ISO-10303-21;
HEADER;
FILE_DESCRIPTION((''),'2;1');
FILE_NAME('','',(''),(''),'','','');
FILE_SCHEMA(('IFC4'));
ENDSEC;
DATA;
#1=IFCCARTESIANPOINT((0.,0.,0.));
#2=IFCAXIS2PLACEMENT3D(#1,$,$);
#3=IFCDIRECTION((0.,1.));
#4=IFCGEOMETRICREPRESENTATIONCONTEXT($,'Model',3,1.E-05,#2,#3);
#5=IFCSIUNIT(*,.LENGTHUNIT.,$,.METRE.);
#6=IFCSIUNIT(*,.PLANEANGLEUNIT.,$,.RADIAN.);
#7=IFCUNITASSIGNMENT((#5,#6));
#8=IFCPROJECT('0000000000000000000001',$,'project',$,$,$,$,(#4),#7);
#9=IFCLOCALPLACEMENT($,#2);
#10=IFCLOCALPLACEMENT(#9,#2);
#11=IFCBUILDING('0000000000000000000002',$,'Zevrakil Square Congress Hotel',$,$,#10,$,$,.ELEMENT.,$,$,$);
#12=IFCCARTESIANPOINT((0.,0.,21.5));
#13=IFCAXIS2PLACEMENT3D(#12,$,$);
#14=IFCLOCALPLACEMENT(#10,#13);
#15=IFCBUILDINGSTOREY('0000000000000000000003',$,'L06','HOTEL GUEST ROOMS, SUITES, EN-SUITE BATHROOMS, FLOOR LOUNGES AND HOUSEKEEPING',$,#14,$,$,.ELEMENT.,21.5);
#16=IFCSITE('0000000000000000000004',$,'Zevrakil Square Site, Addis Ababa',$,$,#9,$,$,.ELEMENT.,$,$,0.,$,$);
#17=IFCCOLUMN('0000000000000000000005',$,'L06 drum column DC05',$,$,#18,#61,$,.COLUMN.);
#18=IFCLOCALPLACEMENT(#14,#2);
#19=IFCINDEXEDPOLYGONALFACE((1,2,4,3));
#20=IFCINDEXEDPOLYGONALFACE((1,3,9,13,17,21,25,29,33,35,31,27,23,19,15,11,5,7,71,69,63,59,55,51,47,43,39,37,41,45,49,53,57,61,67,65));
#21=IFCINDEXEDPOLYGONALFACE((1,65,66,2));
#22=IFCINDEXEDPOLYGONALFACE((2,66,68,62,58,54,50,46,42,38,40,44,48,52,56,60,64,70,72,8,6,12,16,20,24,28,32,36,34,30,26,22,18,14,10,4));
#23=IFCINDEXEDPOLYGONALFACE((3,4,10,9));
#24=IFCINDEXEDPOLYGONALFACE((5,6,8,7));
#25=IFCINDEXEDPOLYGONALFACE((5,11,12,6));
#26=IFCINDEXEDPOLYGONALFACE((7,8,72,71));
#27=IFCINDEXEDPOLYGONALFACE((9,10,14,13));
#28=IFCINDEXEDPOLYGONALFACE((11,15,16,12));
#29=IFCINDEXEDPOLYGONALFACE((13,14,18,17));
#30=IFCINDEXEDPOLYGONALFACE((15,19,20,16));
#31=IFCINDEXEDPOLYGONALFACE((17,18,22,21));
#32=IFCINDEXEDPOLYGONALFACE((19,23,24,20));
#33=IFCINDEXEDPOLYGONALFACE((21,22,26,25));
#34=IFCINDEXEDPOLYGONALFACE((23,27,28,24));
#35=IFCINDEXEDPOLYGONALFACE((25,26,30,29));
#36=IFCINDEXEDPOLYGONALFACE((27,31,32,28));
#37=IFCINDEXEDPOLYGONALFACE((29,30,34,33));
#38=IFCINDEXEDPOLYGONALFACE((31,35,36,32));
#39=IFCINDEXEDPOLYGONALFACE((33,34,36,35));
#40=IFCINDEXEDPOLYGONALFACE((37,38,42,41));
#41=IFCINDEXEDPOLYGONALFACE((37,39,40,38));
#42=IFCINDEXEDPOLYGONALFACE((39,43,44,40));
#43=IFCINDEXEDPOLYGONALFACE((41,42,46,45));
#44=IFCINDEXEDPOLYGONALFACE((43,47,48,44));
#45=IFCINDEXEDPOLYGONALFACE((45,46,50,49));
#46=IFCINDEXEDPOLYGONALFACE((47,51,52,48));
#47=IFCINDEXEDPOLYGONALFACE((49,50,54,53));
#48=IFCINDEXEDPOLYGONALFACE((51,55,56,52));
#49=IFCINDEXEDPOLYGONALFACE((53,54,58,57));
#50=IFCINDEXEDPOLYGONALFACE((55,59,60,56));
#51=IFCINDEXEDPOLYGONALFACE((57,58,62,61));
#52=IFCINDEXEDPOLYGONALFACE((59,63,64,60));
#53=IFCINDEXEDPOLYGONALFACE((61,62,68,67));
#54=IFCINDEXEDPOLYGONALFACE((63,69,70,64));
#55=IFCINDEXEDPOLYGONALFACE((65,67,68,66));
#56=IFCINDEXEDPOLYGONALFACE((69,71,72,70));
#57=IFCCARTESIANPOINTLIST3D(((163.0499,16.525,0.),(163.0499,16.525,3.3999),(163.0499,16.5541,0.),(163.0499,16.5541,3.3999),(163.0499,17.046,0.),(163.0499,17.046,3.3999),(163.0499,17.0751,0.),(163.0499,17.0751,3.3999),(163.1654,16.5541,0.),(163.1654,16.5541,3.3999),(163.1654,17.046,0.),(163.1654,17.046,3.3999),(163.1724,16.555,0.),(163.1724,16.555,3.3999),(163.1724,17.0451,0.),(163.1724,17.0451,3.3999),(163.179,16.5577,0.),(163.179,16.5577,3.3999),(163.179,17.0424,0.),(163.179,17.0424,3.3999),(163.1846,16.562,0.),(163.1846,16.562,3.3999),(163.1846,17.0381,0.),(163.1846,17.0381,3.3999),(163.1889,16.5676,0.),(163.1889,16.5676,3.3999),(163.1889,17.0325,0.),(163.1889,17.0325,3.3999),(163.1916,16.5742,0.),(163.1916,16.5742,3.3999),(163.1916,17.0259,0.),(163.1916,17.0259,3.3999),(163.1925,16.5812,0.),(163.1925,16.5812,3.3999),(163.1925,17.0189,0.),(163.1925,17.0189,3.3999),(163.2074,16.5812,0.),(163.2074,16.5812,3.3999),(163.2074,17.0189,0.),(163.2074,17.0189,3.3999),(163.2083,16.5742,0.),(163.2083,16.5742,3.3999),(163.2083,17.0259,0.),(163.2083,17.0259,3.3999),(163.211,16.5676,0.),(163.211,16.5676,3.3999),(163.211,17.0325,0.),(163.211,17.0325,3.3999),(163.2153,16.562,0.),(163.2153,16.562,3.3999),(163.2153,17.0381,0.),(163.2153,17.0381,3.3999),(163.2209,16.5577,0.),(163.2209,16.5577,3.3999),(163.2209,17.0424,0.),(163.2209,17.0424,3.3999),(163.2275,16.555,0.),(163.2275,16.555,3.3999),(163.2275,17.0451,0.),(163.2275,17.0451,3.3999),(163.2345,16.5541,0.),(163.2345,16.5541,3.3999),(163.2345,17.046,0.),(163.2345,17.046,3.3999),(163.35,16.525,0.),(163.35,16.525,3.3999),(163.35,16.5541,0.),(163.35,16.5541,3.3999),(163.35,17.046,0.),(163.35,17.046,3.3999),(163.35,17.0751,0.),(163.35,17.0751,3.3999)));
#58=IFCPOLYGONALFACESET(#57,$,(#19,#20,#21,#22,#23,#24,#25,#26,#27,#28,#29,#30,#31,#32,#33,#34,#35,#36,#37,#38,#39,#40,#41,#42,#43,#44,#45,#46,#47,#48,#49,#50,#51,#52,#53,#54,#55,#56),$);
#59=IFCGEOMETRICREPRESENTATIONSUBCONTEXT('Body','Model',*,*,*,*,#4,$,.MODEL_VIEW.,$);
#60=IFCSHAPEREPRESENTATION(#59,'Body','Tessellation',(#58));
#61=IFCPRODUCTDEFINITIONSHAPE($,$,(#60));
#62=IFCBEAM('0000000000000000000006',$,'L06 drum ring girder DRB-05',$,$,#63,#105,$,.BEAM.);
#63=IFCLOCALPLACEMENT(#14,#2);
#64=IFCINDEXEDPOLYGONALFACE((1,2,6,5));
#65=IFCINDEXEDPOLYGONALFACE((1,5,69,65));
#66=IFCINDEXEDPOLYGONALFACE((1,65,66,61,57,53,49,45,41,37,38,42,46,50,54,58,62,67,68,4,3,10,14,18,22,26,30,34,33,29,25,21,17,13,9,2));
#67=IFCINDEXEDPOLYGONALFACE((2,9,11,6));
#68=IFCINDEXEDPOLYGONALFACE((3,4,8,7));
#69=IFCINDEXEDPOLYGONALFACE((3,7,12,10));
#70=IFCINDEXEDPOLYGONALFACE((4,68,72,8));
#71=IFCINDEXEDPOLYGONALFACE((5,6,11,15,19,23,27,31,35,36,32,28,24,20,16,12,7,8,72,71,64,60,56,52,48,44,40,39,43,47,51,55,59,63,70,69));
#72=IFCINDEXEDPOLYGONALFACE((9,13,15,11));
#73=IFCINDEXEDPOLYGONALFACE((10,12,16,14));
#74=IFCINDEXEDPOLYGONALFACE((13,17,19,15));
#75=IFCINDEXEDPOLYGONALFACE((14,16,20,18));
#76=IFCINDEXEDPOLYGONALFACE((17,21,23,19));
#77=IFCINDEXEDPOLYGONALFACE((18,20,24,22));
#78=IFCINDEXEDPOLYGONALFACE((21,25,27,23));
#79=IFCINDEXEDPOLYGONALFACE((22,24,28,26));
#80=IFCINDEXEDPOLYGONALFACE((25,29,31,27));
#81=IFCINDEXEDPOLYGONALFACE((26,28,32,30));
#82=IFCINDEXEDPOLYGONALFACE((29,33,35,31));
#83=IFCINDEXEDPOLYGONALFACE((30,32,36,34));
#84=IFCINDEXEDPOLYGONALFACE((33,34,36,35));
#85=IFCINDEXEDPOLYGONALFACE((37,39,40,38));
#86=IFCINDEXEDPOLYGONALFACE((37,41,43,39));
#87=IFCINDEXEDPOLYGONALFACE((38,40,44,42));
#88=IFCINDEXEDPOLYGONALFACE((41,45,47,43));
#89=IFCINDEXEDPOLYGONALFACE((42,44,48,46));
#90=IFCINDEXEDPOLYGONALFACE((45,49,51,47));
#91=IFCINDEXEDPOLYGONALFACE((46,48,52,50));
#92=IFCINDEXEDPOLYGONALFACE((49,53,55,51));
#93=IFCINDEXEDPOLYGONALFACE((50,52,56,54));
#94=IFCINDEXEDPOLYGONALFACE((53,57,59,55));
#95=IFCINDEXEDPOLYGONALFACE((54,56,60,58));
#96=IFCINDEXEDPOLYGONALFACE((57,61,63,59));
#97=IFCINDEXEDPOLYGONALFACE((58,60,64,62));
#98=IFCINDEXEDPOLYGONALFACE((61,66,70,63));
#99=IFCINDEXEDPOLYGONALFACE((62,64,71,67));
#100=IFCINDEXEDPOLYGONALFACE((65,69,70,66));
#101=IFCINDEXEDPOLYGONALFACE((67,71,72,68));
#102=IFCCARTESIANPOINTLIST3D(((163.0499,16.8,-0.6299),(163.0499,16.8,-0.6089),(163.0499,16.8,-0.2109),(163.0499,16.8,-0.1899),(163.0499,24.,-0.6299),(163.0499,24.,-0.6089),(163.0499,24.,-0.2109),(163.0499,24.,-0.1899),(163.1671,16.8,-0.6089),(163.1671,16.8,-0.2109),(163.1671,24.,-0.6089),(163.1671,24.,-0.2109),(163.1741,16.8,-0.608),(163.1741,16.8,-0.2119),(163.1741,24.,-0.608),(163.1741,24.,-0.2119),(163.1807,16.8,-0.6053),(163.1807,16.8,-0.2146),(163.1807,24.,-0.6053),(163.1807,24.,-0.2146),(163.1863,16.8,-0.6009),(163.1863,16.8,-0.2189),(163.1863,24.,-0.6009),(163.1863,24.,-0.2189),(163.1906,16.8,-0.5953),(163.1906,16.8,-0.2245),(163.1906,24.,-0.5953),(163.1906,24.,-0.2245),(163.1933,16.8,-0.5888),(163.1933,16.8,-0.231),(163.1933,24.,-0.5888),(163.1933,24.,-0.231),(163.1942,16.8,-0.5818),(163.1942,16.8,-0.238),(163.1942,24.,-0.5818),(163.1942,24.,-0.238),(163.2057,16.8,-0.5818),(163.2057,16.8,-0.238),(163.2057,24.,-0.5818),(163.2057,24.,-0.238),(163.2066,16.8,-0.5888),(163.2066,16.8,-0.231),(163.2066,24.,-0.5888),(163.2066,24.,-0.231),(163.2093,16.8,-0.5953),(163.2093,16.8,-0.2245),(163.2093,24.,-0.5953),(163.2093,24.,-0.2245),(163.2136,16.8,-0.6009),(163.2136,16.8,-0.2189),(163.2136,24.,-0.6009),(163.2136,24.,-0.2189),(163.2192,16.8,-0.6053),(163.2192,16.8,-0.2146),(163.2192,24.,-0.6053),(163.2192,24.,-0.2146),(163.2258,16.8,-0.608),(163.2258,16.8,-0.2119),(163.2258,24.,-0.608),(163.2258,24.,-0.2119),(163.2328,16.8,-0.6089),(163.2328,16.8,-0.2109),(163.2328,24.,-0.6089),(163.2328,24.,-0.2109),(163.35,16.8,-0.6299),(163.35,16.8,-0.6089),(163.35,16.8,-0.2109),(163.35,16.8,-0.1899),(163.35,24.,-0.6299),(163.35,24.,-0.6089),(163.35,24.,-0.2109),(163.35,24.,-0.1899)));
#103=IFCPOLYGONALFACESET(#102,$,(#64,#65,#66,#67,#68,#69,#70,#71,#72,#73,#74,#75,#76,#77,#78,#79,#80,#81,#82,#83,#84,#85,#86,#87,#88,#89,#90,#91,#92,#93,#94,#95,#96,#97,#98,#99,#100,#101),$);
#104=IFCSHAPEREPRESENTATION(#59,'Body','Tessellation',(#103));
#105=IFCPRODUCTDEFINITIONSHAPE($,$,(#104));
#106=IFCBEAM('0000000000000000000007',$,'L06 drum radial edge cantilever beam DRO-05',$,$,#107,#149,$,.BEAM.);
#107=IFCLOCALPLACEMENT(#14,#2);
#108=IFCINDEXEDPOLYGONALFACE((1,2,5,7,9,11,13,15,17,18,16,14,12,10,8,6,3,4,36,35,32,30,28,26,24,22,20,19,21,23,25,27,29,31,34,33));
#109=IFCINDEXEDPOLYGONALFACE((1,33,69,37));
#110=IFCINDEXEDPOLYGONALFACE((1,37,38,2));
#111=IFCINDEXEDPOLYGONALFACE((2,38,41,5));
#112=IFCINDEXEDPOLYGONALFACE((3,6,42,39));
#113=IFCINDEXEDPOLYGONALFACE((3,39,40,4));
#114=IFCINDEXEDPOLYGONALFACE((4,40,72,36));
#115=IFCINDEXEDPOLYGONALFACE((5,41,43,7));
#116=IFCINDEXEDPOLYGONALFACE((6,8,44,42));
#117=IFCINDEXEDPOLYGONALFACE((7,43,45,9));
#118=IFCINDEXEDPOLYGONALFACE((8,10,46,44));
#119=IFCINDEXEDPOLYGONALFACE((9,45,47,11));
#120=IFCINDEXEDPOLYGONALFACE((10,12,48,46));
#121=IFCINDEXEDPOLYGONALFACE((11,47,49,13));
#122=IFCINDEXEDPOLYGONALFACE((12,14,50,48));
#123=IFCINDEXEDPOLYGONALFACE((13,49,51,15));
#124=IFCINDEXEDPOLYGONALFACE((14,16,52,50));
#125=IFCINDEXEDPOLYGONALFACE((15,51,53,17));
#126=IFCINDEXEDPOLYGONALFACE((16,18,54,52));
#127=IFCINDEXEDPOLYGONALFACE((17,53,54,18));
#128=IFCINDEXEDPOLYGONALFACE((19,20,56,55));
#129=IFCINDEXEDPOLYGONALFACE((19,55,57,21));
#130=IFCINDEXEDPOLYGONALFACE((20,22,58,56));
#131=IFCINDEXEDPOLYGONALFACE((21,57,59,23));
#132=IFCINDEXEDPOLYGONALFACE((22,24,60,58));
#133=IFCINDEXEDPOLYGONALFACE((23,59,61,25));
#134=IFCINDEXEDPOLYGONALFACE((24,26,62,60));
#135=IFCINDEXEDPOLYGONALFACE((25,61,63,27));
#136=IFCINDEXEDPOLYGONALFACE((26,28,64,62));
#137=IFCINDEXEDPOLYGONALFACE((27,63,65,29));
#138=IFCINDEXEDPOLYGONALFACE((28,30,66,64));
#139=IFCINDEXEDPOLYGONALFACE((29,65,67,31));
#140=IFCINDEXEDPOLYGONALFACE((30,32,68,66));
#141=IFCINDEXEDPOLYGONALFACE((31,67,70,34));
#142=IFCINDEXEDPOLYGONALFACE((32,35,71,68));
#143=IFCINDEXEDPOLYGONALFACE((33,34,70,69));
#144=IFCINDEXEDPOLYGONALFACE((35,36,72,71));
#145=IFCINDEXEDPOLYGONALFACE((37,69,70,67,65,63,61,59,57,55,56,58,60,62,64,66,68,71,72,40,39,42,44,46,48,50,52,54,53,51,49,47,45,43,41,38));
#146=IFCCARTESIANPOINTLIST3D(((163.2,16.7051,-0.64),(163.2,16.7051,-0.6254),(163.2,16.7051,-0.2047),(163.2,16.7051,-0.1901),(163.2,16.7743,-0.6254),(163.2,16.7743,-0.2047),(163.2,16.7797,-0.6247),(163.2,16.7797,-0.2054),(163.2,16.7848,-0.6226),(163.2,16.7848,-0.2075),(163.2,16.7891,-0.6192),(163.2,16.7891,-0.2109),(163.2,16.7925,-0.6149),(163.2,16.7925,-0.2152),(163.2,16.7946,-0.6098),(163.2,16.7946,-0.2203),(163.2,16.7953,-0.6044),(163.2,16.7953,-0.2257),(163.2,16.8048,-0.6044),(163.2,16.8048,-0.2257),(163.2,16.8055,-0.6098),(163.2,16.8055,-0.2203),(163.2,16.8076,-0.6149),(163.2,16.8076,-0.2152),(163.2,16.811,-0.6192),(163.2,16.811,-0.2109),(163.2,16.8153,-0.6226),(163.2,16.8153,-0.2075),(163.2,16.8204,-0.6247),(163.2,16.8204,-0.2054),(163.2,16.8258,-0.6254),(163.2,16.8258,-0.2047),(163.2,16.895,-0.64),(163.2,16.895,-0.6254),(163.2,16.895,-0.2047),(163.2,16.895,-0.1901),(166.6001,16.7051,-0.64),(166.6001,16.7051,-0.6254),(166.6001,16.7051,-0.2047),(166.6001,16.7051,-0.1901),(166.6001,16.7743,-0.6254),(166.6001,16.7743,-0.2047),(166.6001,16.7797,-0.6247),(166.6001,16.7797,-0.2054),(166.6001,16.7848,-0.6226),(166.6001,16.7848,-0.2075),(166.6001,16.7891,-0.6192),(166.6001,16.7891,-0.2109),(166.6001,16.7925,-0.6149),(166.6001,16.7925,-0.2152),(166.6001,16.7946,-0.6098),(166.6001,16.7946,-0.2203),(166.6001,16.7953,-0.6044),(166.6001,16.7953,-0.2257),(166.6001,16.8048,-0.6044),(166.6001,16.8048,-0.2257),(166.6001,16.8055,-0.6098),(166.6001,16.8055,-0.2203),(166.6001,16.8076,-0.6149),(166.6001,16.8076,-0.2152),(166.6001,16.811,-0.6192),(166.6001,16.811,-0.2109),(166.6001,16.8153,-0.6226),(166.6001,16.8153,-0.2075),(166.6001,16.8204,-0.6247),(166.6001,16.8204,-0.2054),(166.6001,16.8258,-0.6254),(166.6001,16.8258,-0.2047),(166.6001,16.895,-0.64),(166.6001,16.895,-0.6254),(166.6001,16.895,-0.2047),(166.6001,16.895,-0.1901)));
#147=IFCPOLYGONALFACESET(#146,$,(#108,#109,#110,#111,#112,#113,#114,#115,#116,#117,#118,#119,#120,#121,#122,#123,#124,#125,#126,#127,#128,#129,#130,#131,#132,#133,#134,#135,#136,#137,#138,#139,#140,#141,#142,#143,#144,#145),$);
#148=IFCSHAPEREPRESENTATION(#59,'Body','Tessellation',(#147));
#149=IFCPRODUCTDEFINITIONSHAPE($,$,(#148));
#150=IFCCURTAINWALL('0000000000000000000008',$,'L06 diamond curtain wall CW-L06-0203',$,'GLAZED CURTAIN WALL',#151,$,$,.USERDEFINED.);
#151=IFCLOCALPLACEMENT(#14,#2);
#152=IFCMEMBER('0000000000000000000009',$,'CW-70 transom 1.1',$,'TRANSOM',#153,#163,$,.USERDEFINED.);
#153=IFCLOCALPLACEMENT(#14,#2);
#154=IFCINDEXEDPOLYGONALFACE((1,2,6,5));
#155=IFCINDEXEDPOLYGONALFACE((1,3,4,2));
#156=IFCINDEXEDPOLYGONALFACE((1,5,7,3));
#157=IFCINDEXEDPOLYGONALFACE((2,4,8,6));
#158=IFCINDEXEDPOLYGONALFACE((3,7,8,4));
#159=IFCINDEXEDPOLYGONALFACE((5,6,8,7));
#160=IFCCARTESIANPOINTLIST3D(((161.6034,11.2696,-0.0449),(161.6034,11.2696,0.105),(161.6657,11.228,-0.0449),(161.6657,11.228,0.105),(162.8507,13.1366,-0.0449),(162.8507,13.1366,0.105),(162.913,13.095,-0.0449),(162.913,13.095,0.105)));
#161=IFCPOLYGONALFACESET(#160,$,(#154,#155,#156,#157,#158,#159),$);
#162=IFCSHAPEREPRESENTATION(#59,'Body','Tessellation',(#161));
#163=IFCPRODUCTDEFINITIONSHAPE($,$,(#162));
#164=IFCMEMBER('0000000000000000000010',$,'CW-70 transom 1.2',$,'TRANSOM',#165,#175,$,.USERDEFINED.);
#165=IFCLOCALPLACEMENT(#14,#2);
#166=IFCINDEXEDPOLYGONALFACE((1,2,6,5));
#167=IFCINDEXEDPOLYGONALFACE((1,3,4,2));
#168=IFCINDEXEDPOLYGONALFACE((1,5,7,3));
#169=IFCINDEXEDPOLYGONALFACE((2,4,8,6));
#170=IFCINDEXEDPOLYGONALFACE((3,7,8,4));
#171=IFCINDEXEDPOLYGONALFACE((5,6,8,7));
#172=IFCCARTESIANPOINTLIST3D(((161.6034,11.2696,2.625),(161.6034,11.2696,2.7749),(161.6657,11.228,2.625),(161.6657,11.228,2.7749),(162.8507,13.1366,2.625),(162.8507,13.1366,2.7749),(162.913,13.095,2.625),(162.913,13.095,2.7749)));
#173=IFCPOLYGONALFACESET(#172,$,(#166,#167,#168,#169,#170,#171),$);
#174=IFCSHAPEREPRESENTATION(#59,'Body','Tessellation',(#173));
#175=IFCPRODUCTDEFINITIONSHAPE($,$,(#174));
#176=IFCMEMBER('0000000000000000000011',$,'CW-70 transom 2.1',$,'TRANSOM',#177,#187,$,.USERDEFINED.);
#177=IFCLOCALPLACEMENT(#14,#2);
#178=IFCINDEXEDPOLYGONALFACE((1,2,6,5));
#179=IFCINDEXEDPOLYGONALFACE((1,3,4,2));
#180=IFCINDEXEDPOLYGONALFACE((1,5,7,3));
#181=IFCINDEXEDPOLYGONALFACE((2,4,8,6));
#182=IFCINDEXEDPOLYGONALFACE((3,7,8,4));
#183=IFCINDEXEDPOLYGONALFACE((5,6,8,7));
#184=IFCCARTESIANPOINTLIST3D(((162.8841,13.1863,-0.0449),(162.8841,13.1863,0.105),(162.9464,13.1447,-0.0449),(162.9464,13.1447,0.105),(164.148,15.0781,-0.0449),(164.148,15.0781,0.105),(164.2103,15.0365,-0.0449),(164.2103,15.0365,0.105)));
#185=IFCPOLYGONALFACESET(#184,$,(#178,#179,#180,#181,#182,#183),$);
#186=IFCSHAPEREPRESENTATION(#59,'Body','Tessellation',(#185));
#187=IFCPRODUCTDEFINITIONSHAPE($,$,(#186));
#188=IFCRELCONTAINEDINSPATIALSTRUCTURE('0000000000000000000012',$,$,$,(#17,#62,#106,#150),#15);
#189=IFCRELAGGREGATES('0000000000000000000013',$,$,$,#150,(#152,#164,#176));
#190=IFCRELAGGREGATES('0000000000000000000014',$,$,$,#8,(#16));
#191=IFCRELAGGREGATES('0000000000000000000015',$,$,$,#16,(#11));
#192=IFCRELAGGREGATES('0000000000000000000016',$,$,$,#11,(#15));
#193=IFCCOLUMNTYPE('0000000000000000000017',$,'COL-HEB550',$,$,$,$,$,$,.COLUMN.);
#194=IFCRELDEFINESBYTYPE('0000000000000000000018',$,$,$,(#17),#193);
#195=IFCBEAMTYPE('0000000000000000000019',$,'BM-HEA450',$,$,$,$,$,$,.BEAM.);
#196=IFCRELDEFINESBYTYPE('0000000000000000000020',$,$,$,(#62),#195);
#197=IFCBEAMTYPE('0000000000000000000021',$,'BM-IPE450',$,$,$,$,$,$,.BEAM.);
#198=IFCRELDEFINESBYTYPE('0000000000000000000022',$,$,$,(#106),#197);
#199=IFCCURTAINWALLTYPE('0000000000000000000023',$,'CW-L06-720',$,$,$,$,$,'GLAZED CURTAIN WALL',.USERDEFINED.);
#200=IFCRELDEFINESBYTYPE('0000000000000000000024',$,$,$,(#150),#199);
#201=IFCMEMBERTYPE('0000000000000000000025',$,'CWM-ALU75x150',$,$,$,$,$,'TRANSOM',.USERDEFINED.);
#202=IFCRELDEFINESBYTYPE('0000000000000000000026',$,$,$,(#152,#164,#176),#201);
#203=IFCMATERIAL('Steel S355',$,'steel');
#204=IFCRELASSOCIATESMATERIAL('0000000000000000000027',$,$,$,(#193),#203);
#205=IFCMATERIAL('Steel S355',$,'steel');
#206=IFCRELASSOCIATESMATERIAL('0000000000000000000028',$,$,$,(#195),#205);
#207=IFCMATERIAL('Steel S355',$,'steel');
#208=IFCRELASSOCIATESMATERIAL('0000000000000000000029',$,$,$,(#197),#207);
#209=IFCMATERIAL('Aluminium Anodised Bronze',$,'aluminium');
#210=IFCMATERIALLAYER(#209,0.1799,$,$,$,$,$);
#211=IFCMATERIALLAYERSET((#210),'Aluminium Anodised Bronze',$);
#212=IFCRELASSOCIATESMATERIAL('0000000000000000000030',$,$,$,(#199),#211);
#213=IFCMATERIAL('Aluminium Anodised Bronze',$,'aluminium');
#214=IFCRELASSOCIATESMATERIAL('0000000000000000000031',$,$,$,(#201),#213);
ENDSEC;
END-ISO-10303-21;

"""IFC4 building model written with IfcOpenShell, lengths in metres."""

from ifc_helpers import new_model, si_unit, direction, frame, origin, origin_2d, place, context, subcontext, project, spatial, rectangle, i_section, extrude, material, layer, layer_set, material_profile, profile_set, type_object, element, aggregate, save


model = new_model("IFC4")

# Units and contexts
model_context = context("Model", 3, precision=1e-05, world=origin(), true_north=direction((0.0, 1.0)))
body_context = subcontext(model_context, "Body", "Model", "MODEL_VIEW")
ifc_project = project(units=[si_unit("LENGTHUNIT", "METRE"), si_unit("PLANEANGLEUNIT", "RADIAN")], contexts=[model_context])

# Site, building, storey
site_placement = place(None, origin())
site = spatial("IfcSite", under=ifc_project, at=site_placement, Name="Zevrakil Square Site, Addis Ababa", CompositionType="ELEMENT", RefElevation=0.0)
building_placement = place(site_placement, origin())
building = spatial("IfcBuilding", under=site, at=building_placement, Name="Zevrakil Square Congress Hotel", CompositionType="ELEMENT")
storey_placement = place(building_placement, frame((0.0, 0.0, 21.5)))
storey = spatial("IfcBuildingStorey", under=building, at=storey_placement, Name="L06", Description="HOTEL GUEST ROOMS, SUITES, EN-SUITE BATHROOMS, FLOOR LOUNGES AND HOUSEKEEPING", CompositionType="ELEMENT", Elevation=21.5)

# Column
ifc_material_1 = material(Name="Steel S355", Category="steel")
ifc_material_profile_1 = material_profile(ifc_material_1, i_section(OverallWidth=0.3, OverallDepth=0.55, WebThickness=0.0149, FlangeThickness=0.0291, FilletRadius=0.0271, at=origin_2d()), Name="HEB 550")
ifc_profile_set_1 = profile_set([ifc_material_profile_1], Name="Steel S355")
column_type = type_object("IfcColumnType", Name="COL-HEB550", PredefinedType="COLUMN", material=ifc_profile_set_1)
column_placement = place(storey_placement, frame((163.2, 16.8, 0.0), z_axis=(0.0, 0.0, 1.0), x_axis=(1.0, 0.0, 0.0)))
element("IfcColumn", 1, at=column_placement, inside=storey, type_object=column_type, Name="L06 drum column DC05", PredefinedType="COLUMN", context=body_context, shape_type="SweptSolid", body=[
    extrude(i_section(OverallWidth=0.3, OverallDepth=0.55, WebThickness=0.0149, FlangeThickness=0.0291, FilletRadius=0.0271, at=origin_2d()), origin(), (0.0, 0.0, 1.0), 3.3999),
])

# Beams
ifc_material_2 = material(Name="Steel S355", Category="steel")
ifc_material_profile_2 = material_profile(ifc_material_2, i_section(OverallWidth=0.3, OverallDepth=0.4399, WebThickness=0.0115, FlangeThickness=0.021, FilletRadius=0.0271, at=origin_2d()), Name="HEA 450")
ifc_profile_set_2 = profile_set([ifc_material_profile_2], Name="Steel S355")
beam_type_1 = type_object("IfcBeamType", Name="BM-HEA450", PredefinedType="BEAM", material=ifc_profile_set_2)
beam_1_placement = place(storey_placement, frame((163.2, 16.8, -0.4099), z_axis=(0.0, 1.0, 0.0), x_axis=(-1.0, 0.0, 0.0)))
element("IfcBeam", 2, at=beam_1_placement, inside=storey, type_object=beam_type_1, Name="L06 drum ring girder DRB-05", PredefinedType="BEAM", context=body_context, shape_type="SweptSolid", body=[
    extrude(i_section(OverallWidth=0.3, OverallDepth=0.4399, WebThickness=0.0115, FlangeThickness=0.021, FilletRadius=0.0271, at=origin_2d()), origin(), (0.0, 0.0, 1.0), 7.2),
])
ifc_material_3 = material(Name="Steel S355", Category="steel")
ifc_material_profile_3 = material_profile(ifc_material_3, i_section(OverallWidth=0.1899, OverallDepth=0.45, WebThickness=0.0095, FlangeThickness=0.0146, FilletRadius=0.021, at=origin_2d()), Name="IPE 450")
ifc_profile_set_3 = profile_set([ifc_material_profile_3], Name="Steel S355")
beam_type_2 = type_object("IfcBeamType", Name="BM-IPE450", PredefinedType="BEAM", material=ifc_profile_set_3)
beam_2_placement = place(storey_placement, frame((163.2, 16.8, -0.415), z_axis=(1.0, 0.0, 0.0), x_axis=(0.0, 1.0, 0.0)))
element("IfcBeam", 3, at=beam_2_placement, inside=storey, type_object=beam_type_2, Name="L06 drum radial edge cantilever beam DRO-05", PredefinedType="BEAM", context=body_context, shape_type="SweptSolid", body=[
    extrude(i_section(OverallWidth=0.1899, OverallDepth=0.45, WebThickness=0.0095, FlangeThickness=0.0146, FilletRadius=0.021, at=origin_2d()), origin(), (0.0, 0.0, 1.0), 3.4001),
])

# Curtain wall, members
ifc_material_4 = material(Name="Aluminium Anodised Bronze", Category="aluminium")
ifc_layer_1 = layer(ifc_material_4, 0.1799)
ifc_layer_set_1 = layer_set([ifc_layer_1], Name="Aluminium Anodised Bronze")
curtain_wall_type = type_object("IfcCurtainWallType", Name="CW-L06-720", ElementType="GLAZED CURTAIN WALL", PredefinedType="USERDEFINED", material=ifc_layer_set_1)
curtain_wall_1_placement = place(storey_placement, origin())
curtain_wall_1 = element("IfcCurtainWall", 4, at=curtain_wall_1_placement, inside=storey, type_object=curtain_wall_type, Name="L06 diamond curtain wall CW-L06-0203", ObjectType="GLAZED CURTAIN WALL", PredefinedType="USERDEFINED")
ifc_material_5 = material(Name="Aluminium Anodised Bronze", Category="aluminium")
ifc_material_profile_4 = material_profile(ifc_material_5, rectangle(XDim=0.075, YDim=0.1499, at=origin_2d()), Name="ALU 75x150")
ifc_profile_set_4 = profile_set([ifc_material_profile_4], Name="Aluminium Anodised Bronze")
member_type_1 = type_object("IfcMemberType", Name="CWM-ALU75x150", ElementType="TRANSOM", PredefinedType="USERDEFINED", material=ifc_profile_set_4)
member_1_placement = place(storey_placement, frame((161.6345, 11.2488, 0.03), z_axis=(0.555528, 0.831498, 0.0), x_axis=(-0.831498, 0.555528, 0.0)))
member_1 = element("IfcMember", 5, at=member_1_placement, type_object=member_type_1, Name="CW-70 transom 1.1", ObjectType="TRANSOM", PredefinedType="USERDEFINED", context=body_context, shape_type="SweptSolid", body=[
    extrude(rectangle(XDim=0.075, YDim=0.1499, at=origin_2d()), origin(), (0.0, 0.0, 1.0), 2.2454),
])
member_2_placement = place(storey_placement, frame((161.6345, 11.2488, 2.7), z_axis=(0.555528, 0.831498, 0.0), x_axis=(-0.831498, 0.555528, 0.0)))
member_2 = element("IfcMember", 6, at=member_2_placement, type_object=member_type_1, Name="CW-70 transom 1.2", ObjectType="TRANSOM", PredefinedType="USERDEFINED", context=body_context, shape_type="SweptSolid", body=[
    extrude(rectangle(XDim=0.075, YDim=0.1499, at=origin_2d()), origin(), (0.0, 0.0, 1.0), 2.2454),
])
member_3_placement = place(storey_placement, frame((162.9153, 13.1655, 0.03), z_axis=(0.555517, 0.831505, 0.0), x_axis=(-0.831505, 0.555517, 0.0)))
member_3 = element("IfcMember", 7, at=member_3_placement, type_object=member_type_1, Name="CW-70 transom 2.1", ObjectType="TRANSOM", PredefinedType="USERDEFINED", context=body_context, shape_type="SweptSolid", body=[
    extrude(rectangle(XDim=0.075, YDim=0.1499, at=origin_2d()), origin(), (0.0, 0.0, 1.0), 2.2751),
])

aggregate(curtain_wall_1, [member_1, member_2, member_3])

save(model, "model.ifc")
